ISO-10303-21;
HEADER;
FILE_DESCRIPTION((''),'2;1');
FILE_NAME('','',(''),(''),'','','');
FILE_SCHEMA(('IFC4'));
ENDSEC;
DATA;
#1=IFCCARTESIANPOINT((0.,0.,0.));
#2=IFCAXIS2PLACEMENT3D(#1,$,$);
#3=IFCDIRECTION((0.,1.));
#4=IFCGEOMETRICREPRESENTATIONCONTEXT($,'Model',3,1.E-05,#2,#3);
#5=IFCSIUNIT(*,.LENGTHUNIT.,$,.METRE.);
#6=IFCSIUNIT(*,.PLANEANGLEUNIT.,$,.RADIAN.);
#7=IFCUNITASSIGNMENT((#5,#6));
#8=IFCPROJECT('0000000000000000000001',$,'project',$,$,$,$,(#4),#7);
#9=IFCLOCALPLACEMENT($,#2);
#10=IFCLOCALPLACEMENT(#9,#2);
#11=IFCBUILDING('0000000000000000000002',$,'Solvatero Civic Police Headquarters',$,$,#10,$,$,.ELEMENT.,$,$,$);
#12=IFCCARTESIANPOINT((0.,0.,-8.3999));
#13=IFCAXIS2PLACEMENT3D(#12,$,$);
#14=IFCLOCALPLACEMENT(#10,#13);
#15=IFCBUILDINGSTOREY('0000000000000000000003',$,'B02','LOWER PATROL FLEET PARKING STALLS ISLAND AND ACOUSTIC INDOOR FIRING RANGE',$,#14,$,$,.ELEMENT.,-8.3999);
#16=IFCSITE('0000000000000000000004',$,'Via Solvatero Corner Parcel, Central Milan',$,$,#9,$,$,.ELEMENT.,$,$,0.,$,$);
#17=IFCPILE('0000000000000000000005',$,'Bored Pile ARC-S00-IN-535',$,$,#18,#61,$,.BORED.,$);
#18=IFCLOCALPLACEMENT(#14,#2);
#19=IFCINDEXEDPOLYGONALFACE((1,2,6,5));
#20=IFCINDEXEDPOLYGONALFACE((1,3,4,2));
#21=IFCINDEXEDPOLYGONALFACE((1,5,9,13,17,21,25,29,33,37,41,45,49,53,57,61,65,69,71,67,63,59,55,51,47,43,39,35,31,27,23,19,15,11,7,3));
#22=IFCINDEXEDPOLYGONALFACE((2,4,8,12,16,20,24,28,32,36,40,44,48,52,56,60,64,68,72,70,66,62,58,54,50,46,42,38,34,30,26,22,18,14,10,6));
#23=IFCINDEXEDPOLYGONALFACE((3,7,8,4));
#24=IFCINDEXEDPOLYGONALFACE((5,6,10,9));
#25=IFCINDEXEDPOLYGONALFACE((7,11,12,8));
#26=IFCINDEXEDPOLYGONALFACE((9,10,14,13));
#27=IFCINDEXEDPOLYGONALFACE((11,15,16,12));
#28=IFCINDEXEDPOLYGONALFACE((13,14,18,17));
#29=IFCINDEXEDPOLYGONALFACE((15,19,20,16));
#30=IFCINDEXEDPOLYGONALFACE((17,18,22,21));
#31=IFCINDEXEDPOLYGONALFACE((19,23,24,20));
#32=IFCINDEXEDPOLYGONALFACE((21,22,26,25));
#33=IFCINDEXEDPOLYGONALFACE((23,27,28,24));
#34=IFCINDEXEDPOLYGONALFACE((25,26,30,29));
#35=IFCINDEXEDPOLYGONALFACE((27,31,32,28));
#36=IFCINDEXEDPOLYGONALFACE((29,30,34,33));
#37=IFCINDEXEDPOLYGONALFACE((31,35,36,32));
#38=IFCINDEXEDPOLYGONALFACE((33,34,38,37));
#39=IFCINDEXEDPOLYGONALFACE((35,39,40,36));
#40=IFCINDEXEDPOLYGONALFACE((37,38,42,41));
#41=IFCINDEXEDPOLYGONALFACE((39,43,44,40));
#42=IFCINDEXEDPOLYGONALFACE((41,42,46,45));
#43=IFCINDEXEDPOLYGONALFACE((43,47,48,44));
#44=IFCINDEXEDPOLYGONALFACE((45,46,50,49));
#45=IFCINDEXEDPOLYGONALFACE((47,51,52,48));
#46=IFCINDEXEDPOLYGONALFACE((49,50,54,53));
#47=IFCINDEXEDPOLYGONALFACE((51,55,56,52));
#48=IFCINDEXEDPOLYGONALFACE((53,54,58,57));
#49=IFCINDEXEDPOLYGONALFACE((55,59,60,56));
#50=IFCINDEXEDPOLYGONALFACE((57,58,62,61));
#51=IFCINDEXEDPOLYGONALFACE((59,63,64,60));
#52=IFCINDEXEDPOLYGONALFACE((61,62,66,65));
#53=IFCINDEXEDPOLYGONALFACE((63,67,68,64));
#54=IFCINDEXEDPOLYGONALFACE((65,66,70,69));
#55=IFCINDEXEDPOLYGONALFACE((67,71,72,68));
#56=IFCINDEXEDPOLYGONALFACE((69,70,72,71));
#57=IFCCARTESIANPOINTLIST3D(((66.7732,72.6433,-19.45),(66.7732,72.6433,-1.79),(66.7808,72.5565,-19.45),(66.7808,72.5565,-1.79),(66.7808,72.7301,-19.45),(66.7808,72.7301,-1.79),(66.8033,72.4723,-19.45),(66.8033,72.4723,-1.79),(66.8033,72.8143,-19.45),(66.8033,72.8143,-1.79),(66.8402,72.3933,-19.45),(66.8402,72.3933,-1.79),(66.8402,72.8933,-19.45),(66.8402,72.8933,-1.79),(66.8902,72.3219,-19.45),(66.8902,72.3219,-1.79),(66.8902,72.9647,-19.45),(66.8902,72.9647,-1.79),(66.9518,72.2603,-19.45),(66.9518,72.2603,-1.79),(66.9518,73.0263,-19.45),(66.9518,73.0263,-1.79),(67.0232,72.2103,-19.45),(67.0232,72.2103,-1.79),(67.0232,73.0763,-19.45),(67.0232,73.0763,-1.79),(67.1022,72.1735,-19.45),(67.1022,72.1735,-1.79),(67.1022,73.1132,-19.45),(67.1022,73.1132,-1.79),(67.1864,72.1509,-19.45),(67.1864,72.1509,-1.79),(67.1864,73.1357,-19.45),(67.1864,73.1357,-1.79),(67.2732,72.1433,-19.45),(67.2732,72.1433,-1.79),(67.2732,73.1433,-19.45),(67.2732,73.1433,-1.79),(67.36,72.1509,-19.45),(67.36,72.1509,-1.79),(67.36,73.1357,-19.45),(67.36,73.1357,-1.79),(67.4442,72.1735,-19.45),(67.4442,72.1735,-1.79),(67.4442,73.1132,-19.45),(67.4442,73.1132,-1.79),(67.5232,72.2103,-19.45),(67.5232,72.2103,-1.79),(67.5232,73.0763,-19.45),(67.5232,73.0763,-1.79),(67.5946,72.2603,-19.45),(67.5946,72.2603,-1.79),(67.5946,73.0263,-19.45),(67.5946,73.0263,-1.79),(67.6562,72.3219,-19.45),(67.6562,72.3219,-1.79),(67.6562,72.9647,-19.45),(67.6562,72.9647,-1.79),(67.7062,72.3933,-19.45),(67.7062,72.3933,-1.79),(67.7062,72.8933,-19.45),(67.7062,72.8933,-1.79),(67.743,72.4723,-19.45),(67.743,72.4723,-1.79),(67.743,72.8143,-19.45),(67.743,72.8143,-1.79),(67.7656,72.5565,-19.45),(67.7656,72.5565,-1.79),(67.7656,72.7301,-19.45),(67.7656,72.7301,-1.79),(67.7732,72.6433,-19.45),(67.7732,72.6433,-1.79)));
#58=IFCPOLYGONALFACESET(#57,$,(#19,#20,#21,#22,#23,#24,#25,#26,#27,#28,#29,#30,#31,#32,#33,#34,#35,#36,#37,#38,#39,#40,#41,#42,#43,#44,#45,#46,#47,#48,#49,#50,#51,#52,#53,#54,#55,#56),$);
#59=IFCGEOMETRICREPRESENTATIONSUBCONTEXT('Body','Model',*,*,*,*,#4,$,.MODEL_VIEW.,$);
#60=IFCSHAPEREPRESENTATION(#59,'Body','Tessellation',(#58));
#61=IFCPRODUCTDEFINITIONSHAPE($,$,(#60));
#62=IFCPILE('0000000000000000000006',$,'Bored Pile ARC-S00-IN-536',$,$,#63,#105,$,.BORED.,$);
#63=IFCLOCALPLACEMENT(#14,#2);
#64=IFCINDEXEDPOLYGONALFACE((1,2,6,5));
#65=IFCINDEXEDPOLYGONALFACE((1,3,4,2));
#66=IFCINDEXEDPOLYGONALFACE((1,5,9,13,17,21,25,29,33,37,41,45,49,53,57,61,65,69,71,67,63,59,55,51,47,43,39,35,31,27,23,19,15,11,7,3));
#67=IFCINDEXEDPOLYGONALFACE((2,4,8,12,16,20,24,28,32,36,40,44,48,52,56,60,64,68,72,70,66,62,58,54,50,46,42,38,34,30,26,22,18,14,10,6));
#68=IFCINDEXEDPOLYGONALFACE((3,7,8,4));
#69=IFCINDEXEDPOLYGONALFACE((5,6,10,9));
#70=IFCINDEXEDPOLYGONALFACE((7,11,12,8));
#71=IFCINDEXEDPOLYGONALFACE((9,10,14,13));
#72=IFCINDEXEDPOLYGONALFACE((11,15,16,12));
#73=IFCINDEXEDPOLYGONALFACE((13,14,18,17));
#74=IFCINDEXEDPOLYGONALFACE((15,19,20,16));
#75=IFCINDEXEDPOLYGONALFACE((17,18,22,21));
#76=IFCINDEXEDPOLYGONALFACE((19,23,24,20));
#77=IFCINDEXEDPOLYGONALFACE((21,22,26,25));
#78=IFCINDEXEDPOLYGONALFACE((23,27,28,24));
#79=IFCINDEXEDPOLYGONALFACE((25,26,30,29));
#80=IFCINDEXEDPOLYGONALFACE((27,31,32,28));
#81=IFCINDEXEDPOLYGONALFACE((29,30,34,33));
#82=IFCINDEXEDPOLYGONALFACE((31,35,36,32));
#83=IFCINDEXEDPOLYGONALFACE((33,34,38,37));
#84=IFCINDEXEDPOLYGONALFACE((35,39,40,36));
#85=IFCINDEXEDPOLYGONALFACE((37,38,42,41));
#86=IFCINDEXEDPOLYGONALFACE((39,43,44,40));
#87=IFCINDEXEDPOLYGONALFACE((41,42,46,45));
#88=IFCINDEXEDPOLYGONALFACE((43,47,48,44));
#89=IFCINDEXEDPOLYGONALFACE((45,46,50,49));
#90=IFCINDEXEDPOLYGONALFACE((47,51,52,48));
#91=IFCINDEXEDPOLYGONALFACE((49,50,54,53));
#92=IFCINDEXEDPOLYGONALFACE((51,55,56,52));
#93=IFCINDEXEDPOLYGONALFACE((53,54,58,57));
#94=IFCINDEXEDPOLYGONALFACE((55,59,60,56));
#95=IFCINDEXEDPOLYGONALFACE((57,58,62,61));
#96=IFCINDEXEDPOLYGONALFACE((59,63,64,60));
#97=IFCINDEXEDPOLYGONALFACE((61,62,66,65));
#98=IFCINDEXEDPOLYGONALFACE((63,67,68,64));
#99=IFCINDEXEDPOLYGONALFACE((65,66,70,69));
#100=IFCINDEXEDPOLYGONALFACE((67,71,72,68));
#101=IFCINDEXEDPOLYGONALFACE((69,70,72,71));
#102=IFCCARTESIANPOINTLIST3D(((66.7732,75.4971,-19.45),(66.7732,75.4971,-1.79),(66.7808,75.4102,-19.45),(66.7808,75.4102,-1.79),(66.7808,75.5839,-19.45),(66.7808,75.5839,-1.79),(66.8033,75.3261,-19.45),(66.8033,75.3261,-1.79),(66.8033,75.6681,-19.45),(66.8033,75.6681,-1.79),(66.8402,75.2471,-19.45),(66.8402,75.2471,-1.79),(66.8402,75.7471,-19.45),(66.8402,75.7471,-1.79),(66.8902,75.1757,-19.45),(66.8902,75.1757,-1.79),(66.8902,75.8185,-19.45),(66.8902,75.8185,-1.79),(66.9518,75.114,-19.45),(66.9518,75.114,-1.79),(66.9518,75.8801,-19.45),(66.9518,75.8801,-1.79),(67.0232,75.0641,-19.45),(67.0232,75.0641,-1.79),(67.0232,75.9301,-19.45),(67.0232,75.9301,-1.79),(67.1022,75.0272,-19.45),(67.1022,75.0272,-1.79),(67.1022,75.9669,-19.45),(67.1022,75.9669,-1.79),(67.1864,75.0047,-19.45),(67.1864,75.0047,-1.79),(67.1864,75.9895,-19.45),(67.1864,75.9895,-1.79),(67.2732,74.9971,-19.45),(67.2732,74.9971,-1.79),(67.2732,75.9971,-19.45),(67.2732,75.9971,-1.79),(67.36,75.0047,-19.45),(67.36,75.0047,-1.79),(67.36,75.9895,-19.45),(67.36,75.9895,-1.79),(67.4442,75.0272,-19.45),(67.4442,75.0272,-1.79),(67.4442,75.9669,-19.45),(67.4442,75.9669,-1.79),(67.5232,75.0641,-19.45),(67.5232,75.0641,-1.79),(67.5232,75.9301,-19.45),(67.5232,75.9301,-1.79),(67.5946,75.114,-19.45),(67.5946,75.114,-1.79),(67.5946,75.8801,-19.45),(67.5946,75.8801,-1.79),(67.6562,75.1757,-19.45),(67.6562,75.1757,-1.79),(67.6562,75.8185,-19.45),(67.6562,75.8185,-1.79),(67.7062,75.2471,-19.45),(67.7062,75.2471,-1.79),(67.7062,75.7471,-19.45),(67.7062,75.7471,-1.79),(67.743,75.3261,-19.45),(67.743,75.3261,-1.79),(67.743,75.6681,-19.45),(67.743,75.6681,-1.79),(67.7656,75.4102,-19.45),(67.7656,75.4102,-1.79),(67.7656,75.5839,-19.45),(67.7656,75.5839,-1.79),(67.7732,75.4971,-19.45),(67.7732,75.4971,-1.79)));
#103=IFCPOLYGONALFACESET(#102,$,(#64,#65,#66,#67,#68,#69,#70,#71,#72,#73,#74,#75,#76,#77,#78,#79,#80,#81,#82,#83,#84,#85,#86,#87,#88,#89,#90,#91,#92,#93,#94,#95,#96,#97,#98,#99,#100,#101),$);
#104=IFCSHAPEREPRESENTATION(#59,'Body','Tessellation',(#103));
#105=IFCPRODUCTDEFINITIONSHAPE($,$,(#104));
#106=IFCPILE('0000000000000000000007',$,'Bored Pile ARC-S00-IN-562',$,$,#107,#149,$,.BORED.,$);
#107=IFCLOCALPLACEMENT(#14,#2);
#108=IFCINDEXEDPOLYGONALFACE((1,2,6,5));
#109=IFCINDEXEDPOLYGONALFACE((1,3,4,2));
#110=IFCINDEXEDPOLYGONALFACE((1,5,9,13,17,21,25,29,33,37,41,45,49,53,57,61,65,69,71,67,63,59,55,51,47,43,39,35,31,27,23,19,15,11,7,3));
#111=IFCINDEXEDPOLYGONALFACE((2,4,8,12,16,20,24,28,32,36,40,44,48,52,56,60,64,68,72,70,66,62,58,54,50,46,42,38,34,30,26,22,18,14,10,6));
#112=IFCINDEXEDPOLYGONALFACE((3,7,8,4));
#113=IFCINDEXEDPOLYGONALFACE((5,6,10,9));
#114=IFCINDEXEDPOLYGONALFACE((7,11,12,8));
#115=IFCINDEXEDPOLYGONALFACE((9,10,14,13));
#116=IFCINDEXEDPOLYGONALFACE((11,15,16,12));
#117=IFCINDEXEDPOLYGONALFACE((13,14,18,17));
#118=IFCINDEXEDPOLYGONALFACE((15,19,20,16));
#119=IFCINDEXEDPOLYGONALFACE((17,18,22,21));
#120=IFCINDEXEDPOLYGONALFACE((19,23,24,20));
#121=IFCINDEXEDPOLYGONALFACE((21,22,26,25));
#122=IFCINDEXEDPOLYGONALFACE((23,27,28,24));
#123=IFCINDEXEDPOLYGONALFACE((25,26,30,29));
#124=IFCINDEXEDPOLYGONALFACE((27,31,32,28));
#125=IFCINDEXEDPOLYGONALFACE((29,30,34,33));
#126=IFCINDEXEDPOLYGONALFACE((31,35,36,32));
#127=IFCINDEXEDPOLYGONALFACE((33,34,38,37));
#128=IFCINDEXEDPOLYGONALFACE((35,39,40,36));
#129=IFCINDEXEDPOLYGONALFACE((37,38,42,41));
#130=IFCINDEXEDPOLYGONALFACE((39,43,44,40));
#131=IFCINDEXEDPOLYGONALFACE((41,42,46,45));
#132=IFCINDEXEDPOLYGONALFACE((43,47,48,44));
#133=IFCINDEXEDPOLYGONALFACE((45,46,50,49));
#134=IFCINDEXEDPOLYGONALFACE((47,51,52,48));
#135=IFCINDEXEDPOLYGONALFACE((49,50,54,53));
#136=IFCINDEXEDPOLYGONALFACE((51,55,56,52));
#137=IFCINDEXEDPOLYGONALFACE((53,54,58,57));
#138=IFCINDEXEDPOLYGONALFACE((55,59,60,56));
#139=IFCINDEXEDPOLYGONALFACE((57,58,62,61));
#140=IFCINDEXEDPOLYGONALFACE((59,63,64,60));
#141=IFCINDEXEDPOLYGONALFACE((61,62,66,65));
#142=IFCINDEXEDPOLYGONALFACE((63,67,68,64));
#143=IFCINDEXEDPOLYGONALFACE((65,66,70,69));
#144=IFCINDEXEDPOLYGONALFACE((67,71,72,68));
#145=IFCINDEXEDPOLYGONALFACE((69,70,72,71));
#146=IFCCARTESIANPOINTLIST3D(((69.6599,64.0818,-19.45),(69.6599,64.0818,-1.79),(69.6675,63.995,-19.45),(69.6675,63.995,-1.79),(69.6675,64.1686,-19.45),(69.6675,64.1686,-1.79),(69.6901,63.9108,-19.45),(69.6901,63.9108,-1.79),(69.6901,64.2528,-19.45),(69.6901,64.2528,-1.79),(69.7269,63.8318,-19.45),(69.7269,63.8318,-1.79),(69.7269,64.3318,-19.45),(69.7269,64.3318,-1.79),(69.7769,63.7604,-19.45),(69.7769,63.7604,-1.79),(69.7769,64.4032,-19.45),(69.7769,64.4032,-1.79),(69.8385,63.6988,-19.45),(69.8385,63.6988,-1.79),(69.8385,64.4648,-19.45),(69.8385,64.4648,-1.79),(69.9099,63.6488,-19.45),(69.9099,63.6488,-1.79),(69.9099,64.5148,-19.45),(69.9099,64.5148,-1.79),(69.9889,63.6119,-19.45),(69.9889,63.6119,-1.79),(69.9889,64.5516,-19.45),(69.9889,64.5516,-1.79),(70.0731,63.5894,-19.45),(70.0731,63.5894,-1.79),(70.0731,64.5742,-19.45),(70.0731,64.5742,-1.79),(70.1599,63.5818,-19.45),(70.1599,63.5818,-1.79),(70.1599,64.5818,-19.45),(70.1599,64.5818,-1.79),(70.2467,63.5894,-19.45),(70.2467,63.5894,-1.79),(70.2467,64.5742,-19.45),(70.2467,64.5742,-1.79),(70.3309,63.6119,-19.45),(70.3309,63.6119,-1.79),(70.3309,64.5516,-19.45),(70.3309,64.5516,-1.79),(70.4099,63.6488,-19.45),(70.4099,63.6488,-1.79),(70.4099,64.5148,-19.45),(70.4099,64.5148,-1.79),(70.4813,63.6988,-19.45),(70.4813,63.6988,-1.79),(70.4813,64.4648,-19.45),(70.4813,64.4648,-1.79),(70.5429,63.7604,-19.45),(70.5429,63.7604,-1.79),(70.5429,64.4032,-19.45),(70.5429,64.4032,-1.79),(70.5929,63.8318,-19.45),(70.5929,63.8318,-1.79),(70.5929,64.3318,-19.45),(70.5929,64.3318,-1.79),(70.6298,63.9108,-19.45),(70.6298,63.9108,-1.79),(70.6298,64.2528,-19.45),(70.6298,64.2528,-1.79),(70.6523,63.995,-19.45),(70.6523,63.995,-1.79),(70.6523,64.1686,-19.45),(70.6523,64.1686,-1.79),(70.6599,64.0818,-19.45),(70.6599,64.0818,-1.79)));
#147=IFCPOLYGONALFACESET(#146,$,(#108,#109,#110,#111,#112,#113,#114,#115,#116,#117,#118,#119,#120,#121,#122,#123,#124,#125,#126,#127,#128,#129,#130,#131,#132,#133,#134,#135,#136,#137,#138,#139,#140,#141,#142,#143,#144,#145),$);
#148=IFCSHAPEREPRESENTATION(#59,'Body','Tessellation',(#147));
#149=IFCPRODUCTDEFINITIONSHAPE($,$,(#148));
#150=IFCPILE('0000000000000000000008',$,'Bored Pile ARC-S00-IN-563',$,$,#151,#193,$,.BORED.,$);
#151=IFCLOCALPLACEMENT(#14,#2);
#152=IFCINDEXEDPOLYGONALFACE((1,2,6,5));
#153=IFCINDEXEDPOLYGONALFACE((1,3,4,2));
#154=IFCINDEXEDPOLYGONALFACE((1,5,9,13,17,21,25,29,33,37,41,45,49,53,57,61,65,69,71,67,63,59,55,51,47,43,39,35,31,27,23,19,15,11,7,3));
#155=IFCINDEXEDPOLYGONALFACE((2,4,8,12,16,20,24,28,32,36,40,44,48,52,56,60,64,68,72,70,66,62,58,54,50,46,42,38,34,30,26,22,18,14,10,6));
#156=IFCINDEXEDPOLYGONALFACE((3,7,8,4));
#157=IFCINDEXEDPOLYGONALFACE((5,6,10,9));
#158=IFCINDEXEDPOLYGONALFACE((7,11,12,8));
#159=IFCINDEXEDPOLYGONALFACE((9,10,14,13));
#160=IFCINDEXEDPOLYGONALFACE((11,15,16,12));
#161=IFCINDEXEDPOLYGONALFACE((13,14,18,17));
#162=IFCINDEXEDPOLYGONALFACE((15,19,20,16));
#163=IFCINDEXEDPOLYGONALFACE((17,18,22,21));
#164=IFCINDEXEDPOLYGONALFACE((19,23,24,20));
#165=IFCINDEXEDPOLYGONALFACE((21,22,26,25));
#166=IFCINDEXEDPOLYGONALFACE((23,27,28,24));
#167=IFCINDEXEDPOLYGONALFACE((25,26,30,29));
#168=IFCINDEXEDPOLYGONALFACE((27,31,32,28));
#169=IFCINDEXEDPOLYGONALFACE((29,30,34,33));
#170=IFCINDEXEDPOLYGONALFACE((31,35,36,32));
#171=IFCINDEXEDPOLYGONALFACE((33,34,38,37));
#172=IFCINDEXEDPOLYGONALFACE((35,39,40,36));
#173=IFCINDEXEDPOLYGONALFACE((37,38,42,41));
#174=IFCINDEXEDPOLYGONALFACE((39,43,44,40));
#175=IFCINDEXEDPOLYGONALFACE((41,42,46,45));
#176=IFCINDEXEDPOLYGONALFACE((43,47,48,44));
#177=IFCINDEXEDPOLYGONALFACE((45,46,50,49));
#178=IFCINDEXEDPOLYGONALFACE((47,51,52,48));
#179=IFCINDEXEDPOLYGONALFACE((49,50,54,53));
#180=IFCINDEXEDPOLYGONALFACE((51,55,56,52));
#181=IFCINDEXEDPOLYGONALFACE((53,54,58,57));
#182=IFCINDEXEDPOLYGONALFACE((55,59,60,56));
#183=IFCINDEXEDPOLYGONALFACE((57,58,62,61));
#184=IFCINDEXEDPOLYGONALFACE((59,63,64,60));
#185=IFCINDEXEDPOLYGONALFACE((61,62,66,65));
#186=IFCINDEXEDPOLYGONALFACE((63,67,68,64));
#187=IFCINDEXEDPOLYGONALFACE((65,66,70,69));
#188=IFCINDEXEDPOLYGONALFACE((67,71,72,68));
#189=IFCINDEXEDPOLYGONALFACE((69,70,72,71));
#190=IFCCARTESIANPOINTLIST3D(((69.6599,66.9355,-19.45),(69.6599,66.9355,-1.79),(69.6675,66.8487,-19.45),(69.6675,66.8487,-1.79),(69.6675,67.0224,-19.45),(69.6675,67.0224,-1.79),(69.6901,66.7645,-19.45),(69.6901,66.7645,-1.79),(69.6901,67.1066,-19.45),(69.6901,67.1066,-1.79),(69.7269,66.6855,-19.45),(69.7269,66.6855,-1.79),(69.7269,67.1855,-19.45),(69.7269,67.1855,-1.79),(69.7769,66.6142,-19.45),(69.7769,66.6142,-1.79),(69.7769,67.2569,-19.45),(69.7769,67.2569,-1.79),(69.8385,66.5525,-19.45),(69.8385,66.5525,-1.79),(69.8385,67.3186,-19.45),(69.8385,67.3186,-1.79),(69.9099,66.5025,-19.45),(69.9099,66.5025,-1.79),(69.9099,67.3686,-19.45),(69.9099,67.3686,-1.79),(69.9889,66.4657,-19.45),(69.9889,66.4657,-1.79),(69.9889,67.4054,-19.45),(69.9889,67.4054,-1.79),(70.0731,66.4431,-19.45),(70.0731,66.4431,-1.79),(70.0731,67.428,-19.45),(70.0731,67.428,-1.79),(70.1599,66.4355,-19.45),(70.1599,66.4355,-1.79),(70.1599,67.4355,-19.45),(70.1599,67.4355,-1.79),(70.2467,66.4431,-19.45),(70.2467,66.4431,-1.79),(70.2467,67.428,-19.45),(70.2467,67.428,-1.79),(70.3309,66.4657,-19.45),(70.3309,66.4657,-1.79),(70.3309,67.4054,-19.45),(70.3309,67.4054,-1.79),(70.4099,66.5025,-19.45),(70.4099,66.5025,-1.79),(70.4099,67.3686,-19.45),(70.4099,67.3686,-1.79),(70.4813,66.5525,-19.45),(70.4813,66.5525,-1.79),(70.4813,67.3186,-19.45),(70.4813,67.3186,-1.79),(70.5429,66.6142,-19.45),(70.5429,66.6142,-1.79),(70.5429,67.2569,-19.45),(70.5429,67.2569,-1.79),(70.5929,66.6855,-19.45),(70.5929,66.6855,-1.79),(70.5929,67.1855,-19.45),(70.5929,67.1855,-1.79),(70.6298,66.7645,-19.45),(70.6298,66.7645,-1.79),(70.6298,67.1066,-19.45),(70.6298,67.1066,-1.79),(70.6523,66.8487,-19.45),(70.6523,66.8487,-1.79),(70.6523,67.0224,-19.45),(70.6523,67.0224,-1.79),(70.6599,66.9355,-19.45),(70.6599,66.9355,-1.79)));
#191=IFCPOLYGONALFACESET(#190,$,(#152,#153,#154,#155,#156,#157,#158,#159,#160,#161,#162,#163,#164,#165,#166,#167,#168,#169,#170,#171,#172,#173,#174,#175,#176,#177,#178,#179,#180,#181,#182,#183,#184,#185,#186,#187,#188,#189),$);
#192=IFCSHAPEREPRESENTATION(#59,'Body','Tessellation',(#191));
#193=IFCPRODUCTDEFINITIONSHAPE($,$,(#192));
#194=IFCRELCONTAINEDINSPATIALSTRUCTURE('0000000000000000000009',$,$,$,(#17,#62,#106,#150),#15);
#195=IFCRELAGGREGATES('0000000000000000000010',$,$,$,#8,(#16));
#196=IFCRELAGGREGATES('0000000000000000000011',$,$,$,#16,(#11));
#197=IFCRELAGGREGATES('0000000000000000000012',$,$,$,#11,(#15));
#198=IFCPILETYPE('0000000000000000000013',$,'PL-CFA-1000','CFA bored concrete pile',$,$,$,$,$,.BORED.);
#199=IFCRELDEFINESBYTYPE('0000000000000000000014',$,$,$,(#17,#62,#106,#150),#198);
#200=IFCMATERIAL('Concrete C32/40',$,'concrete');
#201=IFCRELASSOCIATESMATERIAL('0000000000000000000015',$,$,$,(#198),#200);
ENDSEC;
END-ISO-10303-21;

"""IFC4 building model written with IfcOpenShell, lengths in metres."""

from ifc_helpers import new_model, si_unit, direction, frame, origin, origin_2d, place, context, subcontext, project, spatial, circle, extrude, material, material_profile, profile_set, type_object, element, save


model = new_model("IFC4")

# Units and contexts
model_context = context("Model", 3, precision=1e-05, world=origin(), true_north=direction((0.0, 1.0)))
body_context = subcontext(model_context, "Body", "Model", "MODEL_VIEW")
ifc_project = project(units=[si_unit("LENGTHUNIT", "METRE"), si_unit("PLANEANGLEUNIT", "RADIAN")], contexts=[model_context])

# Site, building, storey
site_placement = place(None, origin())
site = spatial("IfcSite", under=ifc_project, at=site_placement, Name="Via Solvatero Corner Parcel, Central Milan", CompositionType="ELEMENT", RefElevation=0.0)
building_placement = place(site_placement, origin())
building = spatial("IfcBuilding", under=site, at=building_placement, Name="Solvatero Civic Police Headquarters", CompositionType="ELEMENT")
storey_placement = place(building_placement, frame((0.0, 0.0, -8.3999)))
storey = spatial("IfcBuildingStorey", under=building, at=storey_placement, Name="B02", Description="LOWER PATROL FLEET PARKING STALLS ISLAND AND ACOUSTIC INDOOR FIRING RANGE", CompositionType="ELEMENT", Elevation=-8.3999)

# Piles
ifc_material_1 = material(Name="Concrete C32/40", Category="concrete")
ifc_material_profile_1 = material_profile(ifc_material_1, circle(Radius=0.5, at=origin_2d()), Name="CFA PILE D1000")
ifc_profile_set_1 = profile_set([ifc_material_profile_1], Name="Concrete C32/40")
pile_type = type_object("IfcPileType", Name="PL-CFA-1000", Description="CFA bored concrete pile", PredefinedType="BORED", material=ifc_profile_set_1)
for number, where, z_axis, x_axis, name in (
    (1, (67.2732, 72.6433, -1.79), (0.0, 0.0, -1.0), (1.0, 0.0, 0.0), "Bored Pile ARC-S00-IN-535"),
    (2, (67.2732, 75.4971, -1.79), (0.0, 0.0, -1.0), (1.0, 0.0, 0.0), "Bored Pile ARC-S00-IN-536"),
    (3, (70.1599, 64.0818, -1.79), (0.0, 0.0, -1.0), (1.0, 0.0, 0.0), "Bored Pile ARC-S00-IN-562"),
    (4, (70.1599, 66.9355, -1.79), (0.0, 0.0, -1.0), (1.0, 0.0, 0.0), "Bored Pile ARC-S00-IN-563"),
):
    element("IfcPile", number, at=place(storey_placement, frame(where, z_axis=z_axis, x_axis=x_axis)), inside=storey, type_object=pile_type, Name=name, PredefinedType="BORED", context=body_context, shape_type="SweptSolid", body=[
        extrude(circle(Radius=0.5, at=origin_2d()), origin(), (0.0, 0.0, 1.0), 17.6599),
    ])

save(model, "model.ifc")
